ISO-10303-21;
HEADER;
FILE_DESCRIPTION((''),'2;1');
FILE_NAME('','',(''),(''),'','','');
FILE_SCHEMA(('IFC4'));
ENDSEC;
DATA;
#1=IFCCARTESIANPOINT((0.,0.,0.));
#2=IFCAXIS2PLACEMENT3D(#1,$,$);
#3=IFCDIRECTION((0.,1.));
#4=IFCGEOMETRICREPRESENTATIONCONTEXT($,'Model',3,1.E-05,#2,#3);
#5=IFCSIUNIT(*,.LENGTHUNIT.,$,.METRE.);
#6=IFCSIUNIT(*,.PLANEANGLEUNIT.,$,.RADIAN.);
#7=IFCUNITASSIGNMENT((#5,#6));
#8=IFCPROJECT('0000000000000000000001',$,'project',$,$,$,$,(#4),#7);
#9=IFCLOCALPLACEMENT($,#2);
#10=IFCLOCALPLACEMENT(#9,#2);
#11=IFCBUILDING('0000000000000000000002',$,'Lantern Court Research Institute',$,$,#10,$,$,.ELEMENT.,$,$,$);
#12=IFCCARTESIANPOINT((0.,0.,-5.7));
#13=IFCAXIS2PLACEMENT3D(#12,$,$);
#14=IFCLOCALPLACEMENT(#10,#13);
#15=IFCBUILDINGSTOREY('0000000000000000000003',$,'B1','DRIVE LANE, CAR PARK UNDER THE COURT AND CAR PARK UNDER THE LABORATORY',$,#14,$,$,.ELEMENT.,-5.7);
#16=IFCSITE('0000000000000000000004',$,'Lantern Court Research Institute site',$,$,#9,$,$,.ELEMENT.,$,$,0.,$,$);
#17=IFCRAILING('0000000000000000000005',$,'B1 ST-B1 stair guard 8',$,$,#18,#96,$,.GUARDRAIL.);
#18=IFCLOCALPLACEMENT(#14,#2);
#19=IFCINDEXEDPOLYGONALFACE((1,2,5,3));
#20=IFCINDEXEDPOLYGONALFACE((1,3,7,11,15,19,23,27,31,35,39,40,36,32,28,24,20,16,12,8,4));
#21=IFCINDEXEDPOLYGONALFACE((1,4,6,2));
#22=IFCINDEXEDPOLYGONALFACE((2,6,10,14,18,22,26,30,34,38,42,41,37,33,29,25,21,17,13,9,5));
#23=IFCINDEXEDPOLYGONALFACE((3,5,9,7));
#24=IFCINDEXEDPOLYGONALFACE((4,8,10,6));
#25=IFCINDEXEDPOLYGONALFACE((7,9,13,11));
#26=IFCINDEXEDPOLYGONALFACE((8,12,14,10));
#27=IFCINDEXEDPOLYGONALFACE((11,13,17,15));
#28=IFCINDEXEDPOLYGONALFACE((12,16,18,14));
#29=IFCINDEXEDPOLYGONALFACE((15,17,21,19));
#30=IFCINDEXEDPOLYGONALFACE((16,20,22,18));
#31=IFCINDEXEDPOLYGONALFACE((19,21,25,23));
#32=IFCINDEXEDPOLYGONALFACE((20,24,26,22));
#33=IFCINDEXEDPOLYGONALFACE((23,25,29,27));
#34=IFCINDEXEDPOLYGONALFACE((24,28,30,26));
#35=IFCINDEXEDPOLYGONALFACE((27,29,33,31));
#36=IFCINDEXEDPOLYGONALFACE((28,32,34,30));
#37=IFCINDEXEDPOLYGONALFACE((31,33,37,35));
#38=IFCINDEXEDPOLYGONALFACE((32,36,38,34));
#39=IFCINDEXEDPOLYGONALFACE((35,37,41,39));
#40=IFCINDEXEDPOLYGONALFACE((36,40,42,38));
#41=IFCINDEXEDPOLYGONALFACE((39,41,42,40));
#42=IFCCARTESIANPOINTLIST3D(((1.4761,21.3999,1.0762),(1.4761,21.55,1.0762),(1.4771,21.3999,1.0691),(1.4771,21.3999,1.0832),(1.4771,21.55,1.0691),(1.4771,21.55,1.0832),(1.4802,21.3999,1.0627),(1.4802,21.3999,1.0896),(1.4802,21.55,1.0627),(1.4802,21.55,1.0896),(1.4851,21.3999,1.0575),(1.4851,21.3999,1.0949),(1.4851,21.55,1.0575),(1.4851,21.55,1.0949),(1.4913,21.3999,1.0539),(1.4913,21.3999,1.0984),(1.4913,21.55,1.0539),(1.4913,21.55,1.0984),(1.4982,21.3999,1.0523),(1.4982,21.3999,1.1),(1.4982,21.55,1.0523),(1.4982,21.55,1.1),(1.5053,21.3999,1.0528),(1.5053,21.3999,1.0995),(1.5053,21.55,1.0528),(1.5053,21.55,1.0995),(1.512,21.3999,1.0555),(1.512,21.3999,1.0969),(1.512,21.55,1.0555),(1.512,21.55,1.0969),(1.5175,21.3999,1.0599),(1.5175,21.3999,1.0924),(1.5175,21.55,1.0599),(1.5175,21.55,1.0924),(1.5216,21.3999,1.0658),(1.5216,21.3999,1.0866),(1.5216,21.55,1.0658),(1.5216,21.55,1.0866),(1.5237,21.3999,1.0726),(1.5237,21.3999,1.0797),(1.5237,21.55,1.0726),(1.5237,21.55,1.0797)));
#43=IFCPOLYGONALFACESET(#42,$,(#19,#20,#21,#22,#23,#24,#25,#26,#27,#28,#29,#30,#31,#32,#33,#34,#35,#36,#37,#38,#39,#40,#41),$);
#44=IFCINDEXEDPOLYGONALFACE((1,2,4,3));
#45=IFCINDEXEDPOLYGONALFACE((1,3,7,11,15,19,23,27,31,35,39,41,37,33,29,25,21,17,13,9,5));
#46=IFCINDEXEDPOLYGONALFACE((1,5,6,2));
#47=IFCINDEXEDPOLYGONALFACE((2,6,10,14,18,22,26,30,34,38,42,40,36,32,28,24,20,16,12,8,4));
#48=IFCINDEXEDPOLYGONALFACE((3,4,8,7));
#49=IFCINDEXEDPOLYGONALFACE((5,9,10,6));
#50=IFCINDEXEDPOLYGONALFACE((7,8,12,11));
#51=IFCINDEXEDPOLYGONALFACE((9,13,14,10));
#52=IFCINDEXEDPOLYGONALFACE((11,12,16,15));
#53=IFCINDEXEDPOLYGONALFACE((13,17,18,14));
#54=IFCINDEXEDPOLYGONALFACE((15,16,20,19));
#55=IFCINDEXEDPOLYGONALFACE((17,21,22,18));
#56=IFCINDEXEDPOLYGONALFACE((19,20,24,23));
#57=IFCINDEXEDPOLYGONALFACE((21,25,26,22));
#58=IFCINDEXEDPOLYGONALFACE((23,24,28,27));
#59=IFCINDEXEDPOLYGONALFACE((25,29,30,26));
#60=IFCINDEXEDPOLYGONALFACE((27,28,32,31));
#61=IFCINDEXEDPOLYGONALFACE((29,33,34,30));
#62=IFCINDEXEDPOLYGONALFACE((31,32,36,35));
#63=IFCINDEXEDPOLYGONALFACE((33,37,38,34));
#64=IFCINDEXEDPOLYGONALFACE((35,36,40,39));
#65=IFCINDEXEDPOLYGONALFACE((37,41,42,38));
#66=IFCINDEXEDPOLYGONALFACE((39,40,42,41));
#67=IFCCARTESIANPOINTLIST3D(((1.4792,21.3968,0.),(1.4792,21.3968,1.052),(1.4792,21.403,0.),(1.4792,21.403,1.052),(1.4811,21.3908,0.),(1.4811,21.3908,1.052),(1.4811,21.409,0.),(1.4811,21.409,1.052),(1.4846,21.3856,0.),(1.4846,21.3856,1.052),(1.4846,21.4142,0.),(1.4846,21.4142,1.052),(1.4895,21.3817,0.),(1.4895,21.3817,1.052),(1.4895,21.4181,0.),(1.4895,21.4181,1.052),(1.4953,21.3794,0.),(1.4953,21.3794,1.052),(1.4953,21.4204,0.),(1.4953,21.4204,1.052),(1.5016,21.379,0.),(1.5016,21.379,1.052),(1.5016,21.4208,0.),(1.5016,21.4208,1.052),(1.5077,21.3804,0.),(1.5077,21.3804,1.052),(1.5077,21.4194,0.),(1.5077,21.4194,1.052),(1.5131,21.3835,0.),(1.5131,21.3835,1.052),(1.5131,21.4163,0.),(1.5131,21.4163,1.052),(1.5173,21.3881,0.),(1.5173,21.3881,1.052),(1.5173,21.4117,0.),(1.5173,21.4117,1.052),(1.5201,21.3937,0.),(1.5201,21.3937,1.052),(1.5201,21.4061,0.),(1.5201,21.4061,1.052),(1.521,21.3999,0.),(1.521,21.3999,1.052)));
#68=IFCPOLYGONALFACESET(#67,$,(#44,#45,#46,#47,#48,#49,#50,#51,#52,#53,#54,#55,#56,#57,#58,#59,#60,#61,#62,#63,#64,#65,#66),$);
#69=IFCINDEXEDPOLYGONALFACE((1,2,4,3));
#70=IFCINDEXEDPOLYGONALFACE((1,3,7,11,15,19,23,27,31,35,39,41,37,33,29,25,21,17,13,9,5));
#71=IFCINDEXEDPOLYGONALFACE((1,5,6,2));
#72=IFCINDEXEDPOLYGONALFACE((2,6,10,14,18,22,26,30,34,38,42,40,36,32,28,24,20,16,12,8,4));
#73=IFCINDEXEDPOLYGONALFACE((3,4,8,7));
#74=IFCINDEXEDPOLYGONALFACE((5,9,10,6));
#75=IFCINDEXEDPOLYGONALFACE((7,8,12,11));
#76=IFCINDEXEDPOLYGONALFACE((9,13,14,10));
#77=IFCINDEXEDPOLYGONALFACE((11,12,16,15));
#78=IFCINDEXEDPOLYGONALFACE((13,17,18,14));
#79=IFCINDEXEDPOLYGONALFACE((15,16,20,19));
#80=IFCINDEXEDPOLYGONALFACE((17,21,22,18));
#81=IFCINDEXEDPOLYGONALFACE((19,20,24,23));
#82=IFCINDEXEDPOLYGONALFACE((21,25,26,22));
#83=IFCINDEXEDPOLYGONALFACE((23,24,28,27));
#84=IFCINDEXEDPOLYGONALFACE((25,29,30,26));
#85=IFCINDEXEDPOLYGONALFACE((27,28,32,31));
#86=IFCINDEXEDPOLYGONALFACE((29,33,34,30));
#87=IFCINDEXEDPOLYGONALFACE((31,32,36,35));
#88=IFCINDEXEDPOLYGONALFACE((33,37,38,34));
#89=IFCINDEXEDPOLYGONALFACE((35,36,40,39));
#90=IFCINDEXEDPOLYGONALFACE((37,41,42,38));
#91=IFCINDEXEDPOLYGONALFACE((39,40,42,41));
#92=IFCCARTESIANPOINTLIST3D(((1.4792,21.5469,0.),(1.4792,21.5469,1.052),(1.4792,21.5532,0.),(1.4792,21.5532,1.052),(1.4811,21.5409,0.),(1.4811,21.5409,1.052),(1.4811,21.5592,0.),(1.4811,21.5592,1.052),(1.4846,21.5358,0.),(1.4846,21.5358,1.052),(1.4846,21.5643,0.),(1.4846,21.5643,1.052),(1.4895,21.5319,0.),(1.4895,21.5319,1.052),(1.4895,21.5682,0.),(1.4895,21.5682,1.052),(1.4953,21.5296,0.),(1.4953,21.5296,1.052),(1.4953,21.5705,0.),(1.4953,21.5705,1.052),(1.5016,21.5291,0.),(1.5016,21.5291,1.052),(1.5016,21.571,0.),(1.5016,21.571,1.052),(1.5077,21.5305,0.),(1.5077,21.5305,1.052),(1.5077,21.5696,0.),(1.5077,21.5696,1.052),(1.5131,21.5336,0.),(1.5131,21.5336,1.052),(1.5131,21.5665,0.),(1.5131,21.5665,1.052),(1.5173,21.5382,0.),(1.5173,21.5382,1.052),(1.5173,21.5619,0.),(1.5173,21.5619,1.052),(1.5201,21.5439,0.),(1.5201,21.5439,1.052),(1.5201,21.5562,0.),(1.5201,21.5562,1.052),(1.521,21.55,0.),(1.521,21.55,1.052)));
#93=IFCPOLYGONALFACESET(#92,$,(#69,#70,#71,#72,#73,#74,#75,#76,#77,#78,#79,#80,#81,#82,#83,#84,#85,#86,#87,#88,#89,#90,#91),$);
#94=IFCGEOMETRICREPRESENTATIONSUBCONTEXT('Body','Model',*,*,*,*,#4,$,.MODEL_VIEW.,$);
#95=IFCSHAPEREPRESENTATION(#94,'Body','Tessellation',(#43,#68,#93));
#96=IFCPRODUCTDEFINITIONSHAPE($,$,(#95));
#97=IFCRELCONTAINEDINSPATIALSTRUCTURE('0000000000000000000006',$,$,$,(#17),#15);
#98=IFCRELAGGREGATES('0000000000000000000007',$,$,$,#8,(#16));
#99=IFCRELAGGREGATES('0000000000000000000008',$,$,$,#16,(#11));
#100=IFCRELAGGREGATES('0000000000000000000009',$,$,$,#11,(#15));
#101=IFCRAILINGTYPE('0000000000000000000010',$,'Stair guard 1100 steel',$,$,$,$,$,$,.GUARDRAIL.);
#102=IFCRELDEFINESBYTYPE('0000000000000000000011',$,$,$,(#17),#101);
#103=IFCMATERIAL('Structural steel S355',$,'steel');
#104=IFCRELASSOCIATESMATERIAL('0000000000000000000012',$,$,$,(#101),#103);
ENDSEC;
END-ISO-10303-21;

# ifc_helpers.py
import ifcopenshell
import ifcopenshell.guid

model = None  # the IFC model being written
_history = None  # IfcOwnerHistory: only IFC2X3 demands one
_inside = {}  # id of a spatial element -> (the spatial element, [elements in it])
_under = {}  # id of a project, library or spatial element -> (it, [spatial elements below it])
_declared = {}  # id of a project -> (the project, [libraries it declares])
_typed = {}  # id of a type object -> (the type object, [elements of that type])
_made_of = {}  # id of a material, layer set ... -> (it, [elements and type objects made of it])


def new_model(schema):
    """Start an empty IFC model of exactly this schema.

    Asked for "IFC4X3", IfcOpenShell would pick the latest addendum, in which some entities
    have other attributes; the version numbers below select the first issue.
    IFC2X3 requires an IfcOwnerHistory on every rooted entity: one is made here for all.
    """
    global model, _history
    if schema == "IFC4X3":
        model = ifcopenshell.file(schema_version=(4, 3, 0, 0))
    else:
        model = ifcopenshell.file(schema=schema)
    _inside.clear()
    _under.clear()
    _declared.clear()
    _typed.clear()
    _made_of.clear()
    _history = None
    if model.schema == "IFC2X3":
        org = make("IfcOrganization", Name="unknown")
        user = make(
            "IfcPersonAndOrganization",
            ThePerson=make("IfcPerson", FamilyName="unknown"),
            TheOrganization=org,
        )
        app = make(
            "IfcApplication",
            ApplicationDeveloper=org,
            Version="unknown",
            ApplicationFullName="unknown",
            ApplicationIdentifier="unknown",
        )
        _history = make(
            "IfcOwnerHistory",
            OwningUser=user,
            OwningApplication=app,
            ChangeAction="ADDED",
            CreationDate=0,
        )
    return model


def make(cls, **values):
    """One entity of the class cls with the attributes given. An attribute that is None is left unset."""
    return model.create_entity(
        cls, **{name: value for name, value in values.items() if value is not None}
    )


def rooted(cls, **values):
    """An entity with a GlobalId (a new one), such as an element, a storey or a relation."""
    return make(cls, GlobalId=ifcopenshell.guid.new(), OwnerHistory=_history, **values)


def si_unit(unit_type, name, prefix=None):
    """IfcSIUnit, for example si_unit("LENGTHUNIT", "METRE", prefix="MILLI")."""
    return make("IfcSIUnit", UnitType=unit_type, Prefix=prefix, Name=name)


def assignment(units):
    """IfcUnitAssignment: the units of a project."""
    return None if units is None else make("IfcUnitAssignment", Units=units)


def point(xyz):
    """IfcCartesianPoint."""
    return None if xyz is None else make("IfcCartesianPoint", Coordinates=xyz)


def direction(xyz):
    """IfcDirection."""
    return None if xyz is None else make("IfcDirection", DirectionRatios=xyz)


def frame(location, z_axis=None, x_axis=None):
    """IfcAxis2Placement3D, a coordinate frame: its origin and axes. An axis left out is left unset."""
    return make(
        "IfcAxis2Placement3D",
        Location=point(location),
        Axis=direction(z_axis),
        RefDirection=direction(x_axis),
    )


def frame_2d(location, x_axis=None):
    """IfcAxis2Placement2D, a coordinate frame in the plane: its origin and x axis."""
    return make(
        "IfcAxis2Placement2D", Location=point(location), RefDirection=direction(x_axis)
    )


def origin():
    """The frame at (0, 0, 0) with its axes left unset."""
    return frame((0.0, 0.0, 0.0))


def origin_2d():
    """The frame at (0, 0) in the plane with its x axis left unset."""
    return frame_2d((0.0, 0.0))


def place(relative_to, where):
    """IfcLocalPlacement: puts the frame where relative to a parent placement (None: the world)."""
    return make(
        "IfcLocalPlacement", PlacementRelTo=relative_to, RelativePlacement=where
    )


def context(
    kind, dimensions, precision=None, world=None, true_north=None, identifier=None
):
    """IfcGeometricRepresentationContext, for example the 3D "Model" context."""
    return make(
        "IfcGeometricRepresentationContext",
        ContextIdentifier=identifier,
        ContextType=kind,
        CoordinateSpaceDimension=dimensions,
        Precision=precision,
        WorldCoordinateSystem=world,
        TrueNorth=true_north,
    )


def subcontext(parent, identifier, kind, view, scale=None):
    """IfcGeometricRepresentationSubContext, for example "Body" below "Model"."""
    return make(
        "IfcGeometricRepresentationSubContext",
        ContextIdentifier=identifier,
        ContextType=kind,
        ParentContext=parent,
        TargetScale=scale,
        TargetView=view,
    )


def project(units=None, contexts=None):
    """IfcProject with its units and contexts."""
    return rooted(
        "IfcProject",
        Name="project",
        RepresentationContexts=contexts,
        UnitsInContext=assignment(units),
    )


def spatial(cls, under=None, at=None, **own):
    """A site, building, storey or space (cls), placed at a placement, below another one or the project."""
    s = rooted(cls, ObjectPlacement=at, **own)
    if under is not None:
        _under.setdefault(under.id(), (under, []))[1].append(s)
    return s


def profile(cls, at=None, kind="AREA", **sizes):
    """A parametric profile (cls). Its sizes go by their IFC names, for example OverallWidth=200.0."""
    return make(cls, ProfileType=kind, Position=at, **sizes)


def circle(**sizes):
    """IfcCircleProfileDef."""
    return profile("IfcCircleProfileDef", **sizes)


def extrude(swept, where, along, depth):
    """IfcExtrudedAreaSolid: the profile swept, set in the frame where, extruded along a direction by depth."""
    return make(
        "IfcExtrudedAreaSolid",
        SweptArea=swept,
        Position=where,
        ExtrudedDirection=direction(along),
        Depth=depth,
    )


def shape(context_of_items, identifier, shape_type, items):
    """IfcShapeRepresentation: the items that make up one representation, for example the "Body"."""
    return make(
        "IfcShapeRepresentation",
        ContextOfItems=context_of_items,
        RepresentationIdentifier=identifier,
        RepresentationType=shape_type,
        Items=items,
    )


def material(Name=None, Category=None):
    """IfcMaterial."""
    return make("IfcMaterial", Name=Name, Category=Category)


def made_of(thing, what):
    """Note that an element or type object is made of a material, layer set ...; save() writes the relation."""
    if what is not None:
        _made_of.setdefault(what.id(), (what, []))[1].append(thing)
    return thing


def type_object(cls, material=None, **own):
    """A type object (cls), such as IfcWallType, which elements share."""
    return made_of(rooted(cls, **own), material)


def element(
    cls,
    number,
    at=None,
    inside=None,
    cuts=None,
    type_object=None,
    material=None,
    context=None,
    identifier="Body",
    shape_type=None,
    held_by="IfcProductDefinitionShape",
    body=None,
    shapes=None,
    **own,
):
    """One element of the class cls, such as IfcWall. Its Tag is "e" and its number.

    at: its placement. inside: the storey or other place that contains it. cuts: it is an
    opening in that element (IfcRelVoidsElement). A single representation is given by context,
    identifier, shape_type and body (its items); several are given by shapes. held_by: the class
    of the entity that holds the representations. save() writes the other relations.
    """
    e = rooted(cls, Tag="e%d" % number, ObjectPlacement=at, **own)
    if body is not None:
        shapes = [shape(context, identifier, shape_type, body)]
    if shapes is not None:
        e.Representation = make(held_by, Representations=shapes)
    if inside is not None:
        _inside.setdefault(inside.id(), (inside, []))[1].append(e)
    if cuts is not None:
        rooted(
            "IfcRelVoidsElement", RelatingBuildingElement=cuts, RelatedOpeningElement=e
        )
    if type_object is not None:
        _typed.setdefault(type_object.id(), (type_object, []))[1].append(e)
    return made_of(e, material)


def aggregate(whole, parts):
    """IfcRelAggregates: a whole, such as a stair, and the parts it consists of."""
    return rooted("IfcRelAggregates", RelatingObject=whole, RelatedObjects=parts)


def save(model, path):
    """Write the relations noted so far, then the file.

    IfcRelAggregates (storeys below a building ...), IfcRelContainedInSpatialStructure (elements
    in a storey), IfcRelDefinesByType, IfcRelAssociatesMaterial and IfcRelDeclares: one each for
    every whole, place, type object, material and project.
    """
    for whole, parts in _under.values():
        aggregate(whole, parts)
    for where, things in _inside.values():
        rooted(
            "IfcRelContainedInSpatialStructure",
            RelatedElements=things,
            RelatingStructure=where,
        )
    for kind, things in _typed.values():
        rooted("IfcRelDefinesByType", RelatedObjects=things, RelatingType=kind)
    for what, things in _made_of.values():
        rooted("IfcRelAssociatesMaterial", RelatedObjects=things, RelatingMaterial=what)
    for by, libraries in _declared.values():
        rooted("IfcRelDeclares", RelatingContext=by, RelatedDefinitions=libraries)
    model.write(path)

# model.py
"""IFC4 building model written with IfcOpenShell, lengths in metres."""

from ifc_helpers import new_model, si_unit, direction, frame, origin, origin_2d, place, context, subcontext, project, spatial, circle, extrude, material, type_object, element, save


model = new_model("IFC4")

# Units and contexts
model_context = context("Model", 3, precision=1e-05, world=origin(), true_north=direction((0.0, 1.0)))
body_context = subcontext(model_context, "Body", "Model", "MODEL_VIEW")
ifc_project = project(units=[si_unit("LENGTHUNIT", "METRE"), si_unit("PLANEANGLEUNIT", "RADIAN")], contexts=[model_context])

# Site, building, storey
site_placement = place(None, origin())
site = spatial("IfcSite", under=ifc_project, at=site_placement, Name="Lantern Court Research Institute site", CompositionType="ELEMENT", RefElevation=0.0)
building_placement = place(site_placement, origin())
building = spatial("IfcBuilding", under=site, at=building_placement, Name="Lantern Court Research Institute", CompositionType="ELEMENT")
storey_placement = place(building_placement, frame((0.0, 0.0, -5.7)))
storey = spatial("IfcBuildingStorey", under=building, at=storey_placement, Name="B1", Description="DRIVE LANE, CAR PARK UNDER THE COURT AND CAR PARK UNDER THE LABORATORY", CompositionType="ELEMENT", Elevation=-5.7)

# Railing
ifc_material_1 = material(Name="Structural steel S355", Category="steel")
railing_type_1 = type_object("IfcRailingType", Name="Stair guard 1100 steel", PredefinedType="GUARDRAIL", material=ifc_material_1)
railing_1_placement = place(storey_placement, frame((1.5, 21.3999, 0.0)))
element("IfcRailing", 1, at=railing_1_placement, inside=storey, type_object=railing_type_1, Name="B1 ST-B1 stair guard 8", PredefinedType="GUARDRAIL", context=body_context, shape_type="SweptSolid", body=[
    extrude(circle(Radius=0.0239, at=origin_2d()), frame((0.0, 0.0, 1.0762), z_axis=(0.0, 1.0, 0.0), x_axis=(-1.0, 0.0, 0.0)), (0.0, 0.0, 1.0), 0.1501),
    extrude(circle(Radius=0.021, at=origin_2d()), origin(), (0.0, 0.0, 1.0), 1.052),
    extrude(circle(Radius=0.021, at=origin_2d()), frame((0.0, 0.1501, 0.0)), (0.0, 0.0, 1.0), 1.052),
])

save(model, "model.ifc")
